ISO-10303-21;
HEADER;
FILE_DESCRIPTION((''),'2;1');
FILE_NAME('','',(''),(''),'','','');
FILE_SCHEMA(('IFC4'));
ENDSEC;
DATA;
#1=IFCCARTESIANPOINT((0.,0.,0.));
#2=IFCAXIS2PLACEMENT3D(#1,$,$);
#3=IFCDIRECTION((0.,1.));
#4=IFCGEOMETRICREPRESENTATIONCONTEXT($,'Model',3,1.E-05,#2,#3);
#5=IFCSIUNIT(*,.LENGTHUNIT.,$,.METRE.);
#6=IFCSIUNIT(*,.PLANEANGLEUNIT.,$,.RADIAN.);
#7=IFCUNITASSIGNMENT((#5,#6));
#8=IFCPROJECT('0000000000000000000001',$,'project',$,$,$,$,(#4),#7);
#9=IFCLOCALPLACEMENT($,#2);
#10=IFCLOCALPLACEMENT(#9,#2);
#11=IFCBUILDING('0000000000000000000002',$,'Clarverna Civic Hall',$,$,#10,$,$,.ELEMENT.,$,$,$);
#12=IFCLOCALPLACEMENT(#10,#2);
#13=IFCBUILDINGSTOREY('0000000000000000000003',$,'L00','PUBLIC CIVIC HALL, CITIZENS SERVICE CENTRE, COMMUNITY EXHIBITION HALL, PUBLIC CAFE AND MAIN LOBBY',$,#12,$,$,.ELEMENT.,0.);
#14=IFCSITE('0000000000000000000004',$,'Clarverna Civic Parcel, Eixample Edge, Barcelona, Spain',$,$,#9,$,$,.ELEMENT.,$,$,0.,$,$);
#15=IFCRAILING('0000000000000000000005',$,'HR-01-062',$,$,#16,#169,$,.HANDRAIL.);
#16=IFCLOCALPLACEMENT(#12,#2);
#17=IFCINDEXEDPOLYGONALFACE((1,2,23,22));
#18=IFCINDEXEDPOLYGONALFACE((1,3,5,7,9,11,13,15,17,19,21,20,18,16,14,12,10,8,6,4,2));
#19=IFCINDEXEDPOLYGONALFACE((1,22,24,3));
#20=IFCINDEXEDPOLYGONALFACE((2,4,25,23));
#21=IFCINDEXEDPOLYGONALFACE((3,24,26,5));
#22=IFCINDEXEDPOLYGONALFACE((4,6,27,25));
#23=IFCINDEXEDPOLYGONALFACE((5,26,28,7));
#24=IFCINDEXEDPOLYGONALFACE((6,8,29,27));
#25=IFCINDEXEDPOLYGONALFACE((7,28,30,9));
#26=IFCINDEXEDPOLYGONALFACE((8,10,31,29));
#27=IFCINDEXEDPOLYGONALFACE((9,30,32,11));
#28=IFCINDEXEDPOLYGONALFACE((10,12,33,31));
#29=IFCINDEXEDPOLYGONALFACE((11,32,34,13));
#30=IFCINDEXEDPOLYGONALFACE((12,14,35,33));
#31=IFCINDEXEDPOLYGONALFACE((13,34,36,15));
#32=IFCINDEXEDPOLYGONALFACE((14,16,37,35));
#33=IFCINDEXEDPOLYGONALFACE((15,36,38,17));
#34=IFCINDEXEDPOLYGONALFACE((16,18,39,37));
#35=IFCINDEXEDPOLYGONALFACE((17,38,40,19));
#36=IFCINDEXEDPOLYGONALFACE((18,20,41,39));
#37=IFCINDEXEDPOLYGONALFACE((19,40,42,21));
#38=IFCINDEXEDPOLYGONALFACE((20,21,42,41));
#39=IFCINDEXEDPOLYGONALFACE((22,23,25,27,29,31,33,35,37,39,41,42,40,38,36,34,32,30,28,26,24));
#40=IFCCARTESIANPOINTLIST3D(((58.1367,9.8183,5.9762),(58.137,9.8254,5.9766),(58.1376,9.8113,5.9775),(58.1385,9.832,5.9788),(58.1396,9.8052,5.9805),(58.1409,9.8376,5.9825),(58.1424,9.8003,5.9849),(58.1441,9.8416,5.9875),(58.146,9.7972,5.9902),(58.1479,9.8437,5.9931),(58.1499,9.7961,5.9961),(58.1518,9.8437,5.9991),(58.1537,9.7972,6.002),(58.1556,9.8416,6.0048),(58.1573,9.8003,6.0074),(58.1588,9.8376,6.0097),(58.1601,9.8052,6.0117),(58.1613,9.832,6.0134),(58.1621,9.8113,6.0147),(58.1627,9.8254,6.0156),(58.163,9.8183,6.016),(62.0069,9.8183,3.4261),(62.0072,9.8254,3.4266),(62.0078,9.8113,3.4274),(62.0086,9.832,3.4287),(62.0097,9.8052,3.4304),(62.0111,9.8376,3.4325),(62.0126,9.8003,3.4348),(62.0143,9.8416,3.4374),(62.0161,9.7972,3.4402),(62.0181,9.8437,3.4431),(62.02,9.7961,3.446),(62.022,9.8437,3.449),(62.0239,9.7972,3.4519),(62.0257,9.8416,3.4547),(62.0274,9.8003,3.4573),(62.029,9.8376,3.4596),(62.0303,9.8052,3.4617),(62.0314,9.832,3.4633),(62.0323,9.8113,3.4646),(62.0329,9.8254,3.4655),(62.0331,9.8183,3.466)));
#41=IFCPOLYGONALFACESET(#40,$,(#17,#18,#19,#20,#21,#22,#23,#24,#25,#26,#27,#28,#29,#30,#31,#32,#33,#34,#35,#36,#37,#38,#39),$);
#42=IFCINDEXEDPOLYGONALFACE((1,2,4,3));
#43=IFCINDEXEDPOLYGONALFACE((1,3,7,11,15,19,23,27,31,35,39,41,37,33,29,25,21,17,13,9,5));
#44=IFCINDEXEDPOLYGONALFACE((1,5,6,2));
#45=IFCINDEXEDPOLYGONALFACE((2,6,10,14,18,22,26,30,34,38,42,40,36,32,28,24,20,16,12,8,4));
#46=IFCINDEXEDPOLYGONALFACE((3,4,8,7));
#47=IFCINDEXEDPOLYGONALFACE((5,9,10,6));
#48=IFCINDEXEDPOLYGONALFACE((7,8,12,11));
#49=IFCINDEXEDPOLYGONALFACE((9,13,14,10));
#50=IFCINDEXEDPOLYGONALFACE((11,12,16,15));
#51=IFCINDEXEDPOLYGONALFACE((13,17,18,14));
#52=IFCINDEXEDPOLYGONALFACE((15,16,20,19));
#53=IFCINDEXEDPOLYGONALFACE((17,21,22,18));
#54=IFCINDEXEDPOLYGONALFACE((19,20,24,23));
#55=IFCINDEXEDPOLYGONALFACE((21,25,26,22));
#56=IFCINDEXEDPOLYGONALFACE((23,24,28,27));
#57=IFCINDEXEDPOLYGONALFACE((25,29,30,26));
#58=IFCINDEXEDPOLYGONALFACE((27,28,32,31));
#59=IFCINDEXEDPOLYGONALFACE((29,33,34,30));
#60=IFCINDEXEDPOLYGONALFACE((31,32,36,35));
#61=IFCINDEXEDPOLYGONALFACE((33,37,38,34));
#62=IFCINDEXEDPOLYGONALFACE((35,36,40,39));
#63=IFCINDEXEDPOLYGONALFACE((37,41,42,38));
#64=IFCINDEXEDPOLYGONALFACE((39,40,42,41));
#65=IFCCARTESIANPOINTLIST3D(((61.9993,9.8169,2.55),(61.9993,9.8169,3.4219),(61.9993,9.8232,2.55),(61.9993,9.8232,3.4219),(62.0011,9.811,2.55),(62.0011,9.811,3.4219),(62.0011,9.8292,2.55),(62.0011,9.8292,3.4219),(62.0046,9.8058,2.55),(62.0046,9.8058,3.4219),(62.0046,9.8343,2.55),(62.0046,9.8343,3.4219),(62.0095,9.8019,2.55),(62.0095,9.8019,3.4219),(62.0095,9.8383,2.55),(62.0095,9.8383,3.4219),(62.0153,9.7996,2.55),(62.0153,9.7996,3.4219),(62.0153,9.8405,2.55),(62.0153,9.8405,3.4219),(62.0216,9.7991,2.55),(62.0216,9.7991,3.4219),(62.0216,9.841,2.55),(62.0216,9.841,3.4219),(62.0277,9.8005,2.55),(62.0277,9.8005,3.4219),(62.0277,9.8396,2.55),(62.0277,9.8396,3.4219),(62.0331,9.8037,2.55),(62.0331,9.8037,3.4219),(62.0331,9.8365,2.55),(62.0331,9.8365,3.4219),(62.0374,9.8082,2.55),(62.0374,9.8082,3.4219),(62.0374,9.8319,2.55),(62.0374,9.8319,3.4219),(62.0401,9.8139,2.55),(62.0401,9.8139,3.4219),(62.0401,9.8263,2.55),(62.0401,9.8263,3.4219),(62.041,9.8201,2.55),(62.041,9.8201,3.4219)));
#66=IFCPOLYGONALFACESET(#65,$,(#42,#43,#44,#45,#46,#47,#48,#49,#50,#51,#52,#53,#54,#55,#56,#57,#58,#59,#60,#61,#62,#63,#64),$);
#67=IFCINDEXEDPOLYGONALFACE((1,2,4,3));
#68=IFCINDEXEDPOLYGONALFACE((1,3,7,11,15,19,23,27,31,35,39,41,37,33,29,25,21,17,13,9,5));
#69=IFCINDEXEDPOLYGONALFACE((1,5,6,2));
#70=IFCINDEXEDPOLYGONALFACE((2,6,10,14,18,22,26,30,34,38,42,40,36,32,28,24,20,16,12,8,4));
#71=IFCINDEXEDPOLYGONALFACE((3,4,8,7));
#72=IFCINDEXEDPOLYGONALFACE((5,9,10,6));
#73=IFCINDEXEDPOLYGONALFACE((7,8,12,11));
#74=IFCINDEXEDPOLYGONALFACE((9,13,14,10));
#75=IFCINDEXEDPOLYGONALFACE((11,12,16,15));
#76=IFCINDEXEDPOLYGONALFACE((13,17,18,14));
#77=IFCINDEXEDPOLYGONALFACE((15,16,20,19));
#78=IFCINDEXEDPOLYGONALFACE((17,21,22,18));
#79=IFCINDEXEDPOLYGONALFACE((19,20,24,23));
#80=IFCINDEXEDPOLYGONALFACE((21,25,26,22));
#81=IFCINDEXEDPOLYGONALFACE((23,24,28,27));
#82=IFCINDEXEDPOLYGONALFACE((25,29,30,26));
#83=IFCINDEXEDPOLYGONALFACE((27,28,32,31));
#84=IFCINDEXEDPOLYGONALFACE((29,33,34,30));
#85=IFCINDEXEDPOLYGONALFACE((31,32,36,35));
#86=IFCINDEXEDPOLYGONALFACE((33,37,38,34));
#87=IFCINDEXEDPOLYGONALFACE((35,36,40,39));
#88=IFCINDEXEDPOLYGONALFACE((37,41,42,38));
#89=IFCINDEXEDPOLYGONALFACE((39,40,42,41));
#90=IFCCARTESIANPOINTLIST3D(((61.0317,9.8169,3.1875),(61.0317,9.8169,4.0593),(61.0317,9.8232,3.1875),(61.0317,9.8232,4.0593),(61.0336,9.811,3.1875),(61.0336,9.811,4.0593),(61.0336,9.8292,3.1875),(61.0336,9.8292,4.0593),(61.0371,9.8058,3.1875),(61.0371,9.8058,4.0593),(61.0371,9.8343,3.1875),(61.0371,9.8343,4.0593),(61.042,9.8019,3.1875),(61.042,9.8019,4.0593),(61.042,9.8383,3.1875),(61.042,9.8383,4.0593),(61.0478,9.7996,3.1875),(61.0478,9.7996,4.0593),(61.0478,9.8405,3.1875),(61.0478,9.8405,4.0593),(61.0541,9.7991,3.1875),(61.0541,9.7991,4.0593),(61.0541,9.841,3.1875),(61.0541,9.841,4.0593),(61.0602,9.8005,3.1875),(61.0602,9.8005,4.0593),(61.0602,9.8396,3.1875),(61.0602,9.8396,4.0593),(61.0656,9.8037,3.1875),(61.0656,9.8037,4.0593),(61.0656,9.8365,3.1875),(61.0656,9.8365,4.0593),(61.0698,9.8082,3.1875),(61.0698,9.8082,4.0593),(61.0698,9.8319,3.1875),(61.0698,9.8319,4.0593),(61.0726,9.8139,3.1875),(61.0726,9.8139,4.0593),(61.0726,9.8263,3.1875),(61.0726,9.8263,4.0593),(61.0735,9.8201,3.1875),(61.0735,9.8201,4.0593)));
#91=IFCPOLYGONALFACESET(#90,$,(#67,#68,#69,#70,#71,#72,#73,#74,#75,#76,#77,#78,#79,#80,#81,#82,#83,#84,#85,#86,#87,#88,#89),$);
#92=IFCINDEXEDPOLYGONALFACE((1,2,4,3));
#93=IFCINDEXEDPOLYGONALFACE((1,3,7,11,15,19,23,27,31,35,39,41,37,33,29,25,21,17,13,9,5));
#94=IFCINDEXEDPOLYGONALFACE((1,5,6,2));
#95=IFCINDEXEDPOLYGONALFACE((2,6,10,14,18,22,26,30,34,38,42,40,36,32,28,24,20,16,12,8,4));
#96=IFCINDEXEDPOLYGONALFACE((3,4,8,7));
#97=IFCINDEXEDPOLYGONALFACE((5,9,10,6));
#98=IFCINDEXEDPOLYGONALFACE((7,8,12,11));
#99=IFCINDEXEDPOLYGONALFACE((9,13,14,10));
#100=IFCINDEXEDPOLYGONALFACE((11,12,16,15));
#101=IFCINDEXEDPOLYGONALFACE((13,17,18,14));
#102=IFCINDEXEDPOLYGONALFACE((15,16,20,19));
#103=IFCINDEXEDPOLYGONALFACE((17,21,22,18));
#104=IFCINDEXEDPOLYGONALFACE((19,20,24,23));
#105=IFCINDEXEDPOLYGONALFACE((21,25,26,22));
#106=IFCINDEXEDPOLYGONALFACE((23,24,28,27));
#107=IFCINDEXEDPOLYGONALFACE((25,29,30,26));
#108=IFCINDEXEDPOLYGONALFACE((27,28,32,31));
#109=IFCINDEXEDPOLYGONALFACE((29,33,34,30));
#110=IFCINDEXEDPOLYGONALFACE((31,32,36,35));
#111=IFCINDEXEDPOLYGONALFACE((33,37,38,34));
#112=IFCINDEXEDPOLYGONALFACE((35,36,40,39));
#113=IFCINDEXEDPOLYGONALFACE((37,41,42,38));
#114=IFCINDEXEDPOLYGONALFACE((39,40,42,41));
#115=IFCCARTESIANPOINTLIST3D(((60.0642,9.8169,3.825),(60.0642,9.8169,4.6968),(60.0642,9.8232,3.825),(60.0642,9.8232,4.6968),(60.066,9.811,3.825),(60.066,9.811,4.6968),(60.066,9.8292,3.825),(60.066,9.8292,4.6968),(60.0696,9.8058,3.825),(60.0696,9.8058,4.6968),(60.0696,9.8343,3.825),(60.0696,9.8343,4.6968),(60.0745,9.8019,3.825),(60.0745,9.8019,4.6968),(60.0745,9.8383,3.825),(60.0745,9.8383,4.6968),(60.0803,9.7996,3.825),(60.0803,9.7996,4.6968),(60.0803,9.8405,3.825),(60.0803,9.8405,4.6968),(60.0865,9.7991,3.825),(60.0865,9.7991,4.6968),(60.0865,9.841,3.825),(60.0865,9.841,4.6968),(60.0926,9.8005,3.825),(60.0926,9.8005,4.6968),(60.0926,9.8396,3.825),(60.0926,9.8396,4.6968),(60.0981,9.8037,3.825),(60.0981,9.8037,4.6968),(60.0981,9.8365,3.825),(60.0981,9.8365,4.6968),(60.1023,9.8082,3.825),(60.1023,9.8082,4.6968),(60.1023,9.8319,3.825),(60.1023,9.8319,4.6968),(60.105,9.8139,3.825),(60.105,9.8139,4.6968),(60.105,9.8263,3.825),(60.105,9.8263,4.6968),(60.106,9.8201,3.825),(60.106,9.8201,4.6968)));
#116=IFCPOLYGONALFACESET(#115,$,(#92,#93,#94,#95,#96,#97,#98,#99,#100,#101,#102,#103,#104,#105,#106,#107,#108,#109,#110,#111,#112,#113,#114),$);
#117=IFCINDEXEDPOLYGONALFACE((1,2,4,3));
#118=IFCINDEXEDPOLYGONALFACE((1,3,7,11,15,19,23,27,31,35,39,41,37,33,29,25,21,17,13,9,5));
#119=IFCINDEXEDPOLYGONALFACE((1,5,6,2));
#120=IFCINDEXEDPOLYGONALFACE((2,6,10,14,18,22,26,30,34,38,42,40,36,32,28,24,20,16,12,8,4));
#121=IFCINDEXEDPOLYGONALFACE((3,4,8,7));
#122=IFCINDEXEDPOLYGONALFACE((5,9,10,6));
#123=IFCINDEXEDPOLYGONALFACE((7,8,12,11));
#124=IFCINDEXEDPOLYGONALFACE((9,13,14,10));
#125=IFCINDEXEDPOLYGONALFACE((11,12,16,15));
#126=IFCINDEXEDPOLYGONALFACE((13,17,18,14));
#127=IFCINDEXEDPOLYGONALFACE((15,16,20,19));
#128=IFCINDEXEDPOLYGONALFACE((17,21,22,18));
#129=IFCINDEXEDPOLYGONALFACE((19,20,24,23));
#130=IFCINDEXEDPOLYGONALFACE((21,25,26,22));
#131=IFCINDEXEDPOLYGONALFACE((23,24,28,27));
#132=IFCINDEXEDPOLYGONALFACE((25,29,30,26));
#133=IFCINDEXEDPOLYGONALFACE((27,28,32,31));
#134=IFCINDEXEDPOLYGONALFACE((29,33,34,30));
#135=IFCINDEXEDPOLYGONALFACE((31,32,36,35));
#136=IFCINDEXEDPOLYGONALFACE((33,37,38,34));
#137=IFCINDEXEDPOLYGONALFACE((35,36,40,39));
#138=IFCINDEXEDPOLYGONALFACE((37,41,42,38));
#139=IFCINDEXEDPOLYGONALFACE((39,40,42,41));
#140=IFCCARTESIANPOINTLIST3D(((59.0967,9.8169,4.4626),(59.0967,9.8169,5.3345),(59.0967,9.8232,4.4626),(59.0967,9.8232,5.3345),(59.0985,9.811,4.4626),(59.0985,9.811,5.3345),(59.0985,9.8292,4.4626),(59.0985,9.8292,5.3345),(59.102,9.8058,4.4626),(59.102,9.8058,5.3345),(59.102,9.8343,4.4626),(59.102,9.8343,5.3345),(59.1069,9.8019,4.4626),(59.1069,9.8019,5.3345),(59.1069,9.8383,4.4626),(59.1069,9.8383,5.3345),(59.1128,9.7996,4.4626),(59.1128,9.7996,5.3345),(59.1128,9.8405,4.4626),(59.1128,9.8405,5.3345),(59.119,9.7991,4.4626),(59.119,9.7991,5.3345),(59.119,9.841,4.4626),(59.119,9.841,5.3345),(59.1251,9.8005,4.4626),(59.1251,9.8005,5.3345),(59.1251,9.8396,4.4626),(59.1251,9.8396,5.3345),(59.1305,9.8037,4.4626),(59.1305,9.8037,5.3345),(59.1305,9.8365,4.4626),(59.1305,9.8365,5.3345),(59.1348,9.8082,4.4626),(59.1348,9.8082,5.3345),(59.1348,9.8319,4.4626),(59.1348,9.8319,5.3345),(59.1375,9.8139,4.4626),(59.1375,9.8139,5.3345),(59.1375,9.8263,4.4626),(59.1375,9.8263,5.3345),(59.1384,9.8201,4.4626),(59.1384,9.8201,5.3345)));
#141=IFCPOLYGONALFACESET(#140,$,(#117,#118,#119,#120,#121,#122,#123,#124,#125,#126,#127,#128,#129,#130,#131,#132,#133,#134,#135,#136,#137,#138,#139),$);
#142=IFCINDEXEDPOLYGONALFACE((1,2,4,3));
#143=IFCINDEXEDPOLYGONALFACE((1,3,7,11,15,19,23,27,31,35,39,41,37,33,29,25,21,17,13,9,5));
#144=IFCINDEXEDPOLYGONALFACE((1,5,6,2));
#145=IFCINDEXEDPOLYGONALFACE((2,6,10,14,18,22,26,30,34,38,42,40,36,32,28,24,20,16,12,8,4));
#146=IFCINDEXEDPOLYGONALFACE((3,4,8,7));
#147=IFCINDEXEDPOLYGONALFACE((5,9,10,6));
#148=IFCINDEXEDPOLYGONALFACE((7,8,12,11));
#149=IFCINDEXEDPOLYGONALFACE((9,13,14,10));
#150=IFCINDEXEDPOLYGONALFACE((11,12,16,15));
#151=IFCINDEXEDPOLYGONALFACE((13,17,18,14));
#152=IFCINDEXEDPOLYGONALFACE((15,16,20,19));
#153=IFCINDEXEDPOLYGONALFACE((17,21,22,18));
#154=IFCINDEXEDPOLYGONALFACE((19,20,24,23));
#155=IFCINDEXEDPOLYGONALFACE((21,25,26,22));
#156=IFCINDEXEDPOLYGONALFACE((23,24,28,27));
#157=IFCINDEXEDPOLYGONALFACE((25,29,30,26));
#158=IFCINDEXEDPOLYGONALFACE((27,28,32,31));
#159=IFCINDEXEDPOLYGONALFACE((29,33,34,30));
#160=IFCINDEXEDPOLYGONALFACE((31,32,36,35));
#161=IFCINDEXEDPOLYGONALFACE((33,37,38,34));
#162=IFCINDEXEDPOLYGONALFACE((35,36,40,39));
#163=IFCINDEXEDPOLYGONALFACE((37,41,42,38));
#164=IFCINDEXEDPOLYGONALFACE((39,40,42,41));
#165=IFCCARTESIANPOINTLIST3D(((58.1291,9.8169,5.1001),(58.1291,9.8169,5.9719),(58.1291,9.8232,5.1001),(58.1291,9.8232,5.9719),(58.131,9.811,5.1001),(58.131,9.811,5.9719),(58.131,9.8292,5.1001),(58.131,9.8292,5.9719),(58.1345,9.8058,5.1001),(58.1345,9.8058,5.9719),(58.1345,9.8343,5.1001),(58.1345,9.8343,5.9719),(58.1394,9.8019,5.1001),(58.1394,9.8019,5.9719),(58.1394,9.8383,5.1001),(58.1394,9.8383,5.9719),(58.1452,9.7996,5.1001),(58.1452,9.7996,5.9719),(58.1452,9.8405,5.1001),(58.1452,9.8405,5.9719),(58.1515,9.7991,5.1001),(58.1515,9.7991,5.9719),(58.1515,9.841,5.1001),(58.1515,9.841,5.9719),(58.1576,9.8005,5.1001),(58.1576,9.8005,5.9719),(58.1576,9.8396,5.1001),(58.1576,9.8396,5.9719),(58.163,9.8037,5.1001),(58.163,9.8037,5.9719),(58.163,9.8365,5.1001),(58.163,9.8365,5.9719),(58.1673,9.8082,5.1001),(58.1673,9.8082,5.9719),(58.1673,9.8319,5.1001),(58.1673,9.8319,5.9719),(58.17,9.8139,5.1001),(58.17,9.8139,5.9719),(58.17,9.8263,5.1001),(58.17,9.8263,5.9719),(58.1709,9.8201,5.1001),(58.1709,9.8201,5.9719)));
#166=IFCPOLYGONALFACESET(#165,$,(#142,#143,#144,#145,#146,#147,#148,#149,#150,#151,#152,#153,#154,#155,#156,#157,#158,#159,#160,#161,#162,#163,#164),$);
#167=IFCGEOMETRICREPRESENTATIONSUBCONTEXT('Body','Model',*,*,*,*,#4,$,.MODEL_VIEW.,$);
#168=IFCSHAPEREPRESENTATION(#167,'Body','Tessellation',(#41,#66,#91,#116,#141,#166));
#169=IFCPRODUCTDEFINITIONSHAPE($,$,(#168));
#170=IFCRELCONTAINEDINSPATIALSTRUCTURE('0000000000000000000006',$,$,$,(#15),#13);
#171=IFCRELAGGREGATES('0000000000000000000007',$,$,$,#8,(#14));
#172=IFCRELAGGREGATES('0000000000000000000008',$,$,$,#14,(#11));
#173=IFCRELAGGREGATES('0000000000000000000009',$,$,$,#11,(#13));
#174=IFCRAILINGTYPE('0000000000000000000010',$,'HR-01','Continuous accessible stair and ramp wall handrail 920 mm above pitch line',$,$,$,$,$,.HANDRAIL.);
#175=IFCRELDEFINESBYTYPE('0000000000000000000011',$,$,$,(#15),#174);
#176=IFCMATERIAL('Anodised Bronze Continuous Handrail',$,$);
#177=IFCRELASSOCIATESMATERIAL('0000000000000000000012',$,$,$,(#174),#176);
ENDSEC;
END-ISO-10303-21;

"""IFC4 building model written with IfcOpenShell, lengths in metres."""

from ifc_helpers import new_model, si_unit, direction, frame, origin, origin_2d, place, context, subcontext, project, spatial, circle, extrude, material, type_object, element, save


model = new_model("IFC4")

# Units and contexts
model_context = context("Model", 3, precision=1e-05, world=origin(), true_north=direction((0.0, 1.0)))
body_context = subcontext(model_context, "Body", "Model", "MODEL_VIEW")
ifc_project = project(units=[si_unit("LENGTHUNIT", "METRE"), si_unit("PLANEANGLEUNIT", "RADIAN")], contexts=[model_context])

# Site, building, storey
site_placement = place(None, origin())
site = spatial("IfcSite", under=ifc_project, at=site_placement, Name="Clarverna Civic Parcel, Eixample Edge, Barcelona, Spain", CompositionType="ELEMENT", RefElevation=0.0)
building_placement = place(site_placement, origin())
building = spatial("IfcBuilding", under=site, at=building_placement, Name="Clarverna Civic Hall", CompositionType="ELEMENT")
storey_placement = place(building_placement, origin())
storey = spatial("IfcBuildingStorey", under=building, at=storey_placement, Name="L00", Description="PUBLIC CIVIC HALL, CITIZENS SERVICE CENTRE, COMMUNITY EXHIBITION HALL, PUBLIC CAFE AND MAIN LOBBY", CompositionType="ELEMENT", Elevation=0.0)

# Railing
ifc_material_1 = material(Name="Anodised Bronze Continuous Handrail")
railing_type_1 = type_object("IfcRailingType", Name="HR-01", Description="Continuous accessible stair and ramp wall handrail 920 mm above pitch line", PredefinedType="HANDRAIL", material=ifc_material_1)
railing_1_placement = place(storey_placement, frame((62.02, 9.8201, 2.55)))
element("IfcRailing", 1, at=railing_1_placement, inside=storey, type_object=railing_type_1, Name="HR-01-062", PredefinedType="HANDRAIL", context=body_context, shape_type="SweptSolid", body=[
    extrude(circle(Radius=0.0239, at=origin_2d()), frame((0.0, 0.0, 0.896), z_axis=(-0.835029, 0.0, 0.550207), x_axis=(0.0, -1.0, 0.0)), (0.0, 0.0, 1.0), 4.6348),
    extrude(circle(Radius=0.021, at=origin_2d()), origin(), (0.0, 0.0, 1.0), 0.8718),
    extrude(circle(Radius=0.021, at=origin_2d()), frame((-0.9675, 0.0, 0.6375)), (0.0, 0.0, 1.0), 0.8718),
    extrude(circle(Radius=0.021, at=origin_2d()), frame((-1.9351, 0.0, 1.2749)), (0.0, 0.0, 1.0), 0.8718),
    extrude(circle(Radius=0.021, at=origin_2d()), frame((-2.9026, 0.0, 1.9126)), (0.0, 0.0, 1.0), 0.8718),
    extrude(circle(Radius=0.021, at=origin_2d()), frame((-3.8701, 0.0, 2.55)), (0.0, 0.0, 1.0), 0.8718),
])

save(model, "model.ifc")
